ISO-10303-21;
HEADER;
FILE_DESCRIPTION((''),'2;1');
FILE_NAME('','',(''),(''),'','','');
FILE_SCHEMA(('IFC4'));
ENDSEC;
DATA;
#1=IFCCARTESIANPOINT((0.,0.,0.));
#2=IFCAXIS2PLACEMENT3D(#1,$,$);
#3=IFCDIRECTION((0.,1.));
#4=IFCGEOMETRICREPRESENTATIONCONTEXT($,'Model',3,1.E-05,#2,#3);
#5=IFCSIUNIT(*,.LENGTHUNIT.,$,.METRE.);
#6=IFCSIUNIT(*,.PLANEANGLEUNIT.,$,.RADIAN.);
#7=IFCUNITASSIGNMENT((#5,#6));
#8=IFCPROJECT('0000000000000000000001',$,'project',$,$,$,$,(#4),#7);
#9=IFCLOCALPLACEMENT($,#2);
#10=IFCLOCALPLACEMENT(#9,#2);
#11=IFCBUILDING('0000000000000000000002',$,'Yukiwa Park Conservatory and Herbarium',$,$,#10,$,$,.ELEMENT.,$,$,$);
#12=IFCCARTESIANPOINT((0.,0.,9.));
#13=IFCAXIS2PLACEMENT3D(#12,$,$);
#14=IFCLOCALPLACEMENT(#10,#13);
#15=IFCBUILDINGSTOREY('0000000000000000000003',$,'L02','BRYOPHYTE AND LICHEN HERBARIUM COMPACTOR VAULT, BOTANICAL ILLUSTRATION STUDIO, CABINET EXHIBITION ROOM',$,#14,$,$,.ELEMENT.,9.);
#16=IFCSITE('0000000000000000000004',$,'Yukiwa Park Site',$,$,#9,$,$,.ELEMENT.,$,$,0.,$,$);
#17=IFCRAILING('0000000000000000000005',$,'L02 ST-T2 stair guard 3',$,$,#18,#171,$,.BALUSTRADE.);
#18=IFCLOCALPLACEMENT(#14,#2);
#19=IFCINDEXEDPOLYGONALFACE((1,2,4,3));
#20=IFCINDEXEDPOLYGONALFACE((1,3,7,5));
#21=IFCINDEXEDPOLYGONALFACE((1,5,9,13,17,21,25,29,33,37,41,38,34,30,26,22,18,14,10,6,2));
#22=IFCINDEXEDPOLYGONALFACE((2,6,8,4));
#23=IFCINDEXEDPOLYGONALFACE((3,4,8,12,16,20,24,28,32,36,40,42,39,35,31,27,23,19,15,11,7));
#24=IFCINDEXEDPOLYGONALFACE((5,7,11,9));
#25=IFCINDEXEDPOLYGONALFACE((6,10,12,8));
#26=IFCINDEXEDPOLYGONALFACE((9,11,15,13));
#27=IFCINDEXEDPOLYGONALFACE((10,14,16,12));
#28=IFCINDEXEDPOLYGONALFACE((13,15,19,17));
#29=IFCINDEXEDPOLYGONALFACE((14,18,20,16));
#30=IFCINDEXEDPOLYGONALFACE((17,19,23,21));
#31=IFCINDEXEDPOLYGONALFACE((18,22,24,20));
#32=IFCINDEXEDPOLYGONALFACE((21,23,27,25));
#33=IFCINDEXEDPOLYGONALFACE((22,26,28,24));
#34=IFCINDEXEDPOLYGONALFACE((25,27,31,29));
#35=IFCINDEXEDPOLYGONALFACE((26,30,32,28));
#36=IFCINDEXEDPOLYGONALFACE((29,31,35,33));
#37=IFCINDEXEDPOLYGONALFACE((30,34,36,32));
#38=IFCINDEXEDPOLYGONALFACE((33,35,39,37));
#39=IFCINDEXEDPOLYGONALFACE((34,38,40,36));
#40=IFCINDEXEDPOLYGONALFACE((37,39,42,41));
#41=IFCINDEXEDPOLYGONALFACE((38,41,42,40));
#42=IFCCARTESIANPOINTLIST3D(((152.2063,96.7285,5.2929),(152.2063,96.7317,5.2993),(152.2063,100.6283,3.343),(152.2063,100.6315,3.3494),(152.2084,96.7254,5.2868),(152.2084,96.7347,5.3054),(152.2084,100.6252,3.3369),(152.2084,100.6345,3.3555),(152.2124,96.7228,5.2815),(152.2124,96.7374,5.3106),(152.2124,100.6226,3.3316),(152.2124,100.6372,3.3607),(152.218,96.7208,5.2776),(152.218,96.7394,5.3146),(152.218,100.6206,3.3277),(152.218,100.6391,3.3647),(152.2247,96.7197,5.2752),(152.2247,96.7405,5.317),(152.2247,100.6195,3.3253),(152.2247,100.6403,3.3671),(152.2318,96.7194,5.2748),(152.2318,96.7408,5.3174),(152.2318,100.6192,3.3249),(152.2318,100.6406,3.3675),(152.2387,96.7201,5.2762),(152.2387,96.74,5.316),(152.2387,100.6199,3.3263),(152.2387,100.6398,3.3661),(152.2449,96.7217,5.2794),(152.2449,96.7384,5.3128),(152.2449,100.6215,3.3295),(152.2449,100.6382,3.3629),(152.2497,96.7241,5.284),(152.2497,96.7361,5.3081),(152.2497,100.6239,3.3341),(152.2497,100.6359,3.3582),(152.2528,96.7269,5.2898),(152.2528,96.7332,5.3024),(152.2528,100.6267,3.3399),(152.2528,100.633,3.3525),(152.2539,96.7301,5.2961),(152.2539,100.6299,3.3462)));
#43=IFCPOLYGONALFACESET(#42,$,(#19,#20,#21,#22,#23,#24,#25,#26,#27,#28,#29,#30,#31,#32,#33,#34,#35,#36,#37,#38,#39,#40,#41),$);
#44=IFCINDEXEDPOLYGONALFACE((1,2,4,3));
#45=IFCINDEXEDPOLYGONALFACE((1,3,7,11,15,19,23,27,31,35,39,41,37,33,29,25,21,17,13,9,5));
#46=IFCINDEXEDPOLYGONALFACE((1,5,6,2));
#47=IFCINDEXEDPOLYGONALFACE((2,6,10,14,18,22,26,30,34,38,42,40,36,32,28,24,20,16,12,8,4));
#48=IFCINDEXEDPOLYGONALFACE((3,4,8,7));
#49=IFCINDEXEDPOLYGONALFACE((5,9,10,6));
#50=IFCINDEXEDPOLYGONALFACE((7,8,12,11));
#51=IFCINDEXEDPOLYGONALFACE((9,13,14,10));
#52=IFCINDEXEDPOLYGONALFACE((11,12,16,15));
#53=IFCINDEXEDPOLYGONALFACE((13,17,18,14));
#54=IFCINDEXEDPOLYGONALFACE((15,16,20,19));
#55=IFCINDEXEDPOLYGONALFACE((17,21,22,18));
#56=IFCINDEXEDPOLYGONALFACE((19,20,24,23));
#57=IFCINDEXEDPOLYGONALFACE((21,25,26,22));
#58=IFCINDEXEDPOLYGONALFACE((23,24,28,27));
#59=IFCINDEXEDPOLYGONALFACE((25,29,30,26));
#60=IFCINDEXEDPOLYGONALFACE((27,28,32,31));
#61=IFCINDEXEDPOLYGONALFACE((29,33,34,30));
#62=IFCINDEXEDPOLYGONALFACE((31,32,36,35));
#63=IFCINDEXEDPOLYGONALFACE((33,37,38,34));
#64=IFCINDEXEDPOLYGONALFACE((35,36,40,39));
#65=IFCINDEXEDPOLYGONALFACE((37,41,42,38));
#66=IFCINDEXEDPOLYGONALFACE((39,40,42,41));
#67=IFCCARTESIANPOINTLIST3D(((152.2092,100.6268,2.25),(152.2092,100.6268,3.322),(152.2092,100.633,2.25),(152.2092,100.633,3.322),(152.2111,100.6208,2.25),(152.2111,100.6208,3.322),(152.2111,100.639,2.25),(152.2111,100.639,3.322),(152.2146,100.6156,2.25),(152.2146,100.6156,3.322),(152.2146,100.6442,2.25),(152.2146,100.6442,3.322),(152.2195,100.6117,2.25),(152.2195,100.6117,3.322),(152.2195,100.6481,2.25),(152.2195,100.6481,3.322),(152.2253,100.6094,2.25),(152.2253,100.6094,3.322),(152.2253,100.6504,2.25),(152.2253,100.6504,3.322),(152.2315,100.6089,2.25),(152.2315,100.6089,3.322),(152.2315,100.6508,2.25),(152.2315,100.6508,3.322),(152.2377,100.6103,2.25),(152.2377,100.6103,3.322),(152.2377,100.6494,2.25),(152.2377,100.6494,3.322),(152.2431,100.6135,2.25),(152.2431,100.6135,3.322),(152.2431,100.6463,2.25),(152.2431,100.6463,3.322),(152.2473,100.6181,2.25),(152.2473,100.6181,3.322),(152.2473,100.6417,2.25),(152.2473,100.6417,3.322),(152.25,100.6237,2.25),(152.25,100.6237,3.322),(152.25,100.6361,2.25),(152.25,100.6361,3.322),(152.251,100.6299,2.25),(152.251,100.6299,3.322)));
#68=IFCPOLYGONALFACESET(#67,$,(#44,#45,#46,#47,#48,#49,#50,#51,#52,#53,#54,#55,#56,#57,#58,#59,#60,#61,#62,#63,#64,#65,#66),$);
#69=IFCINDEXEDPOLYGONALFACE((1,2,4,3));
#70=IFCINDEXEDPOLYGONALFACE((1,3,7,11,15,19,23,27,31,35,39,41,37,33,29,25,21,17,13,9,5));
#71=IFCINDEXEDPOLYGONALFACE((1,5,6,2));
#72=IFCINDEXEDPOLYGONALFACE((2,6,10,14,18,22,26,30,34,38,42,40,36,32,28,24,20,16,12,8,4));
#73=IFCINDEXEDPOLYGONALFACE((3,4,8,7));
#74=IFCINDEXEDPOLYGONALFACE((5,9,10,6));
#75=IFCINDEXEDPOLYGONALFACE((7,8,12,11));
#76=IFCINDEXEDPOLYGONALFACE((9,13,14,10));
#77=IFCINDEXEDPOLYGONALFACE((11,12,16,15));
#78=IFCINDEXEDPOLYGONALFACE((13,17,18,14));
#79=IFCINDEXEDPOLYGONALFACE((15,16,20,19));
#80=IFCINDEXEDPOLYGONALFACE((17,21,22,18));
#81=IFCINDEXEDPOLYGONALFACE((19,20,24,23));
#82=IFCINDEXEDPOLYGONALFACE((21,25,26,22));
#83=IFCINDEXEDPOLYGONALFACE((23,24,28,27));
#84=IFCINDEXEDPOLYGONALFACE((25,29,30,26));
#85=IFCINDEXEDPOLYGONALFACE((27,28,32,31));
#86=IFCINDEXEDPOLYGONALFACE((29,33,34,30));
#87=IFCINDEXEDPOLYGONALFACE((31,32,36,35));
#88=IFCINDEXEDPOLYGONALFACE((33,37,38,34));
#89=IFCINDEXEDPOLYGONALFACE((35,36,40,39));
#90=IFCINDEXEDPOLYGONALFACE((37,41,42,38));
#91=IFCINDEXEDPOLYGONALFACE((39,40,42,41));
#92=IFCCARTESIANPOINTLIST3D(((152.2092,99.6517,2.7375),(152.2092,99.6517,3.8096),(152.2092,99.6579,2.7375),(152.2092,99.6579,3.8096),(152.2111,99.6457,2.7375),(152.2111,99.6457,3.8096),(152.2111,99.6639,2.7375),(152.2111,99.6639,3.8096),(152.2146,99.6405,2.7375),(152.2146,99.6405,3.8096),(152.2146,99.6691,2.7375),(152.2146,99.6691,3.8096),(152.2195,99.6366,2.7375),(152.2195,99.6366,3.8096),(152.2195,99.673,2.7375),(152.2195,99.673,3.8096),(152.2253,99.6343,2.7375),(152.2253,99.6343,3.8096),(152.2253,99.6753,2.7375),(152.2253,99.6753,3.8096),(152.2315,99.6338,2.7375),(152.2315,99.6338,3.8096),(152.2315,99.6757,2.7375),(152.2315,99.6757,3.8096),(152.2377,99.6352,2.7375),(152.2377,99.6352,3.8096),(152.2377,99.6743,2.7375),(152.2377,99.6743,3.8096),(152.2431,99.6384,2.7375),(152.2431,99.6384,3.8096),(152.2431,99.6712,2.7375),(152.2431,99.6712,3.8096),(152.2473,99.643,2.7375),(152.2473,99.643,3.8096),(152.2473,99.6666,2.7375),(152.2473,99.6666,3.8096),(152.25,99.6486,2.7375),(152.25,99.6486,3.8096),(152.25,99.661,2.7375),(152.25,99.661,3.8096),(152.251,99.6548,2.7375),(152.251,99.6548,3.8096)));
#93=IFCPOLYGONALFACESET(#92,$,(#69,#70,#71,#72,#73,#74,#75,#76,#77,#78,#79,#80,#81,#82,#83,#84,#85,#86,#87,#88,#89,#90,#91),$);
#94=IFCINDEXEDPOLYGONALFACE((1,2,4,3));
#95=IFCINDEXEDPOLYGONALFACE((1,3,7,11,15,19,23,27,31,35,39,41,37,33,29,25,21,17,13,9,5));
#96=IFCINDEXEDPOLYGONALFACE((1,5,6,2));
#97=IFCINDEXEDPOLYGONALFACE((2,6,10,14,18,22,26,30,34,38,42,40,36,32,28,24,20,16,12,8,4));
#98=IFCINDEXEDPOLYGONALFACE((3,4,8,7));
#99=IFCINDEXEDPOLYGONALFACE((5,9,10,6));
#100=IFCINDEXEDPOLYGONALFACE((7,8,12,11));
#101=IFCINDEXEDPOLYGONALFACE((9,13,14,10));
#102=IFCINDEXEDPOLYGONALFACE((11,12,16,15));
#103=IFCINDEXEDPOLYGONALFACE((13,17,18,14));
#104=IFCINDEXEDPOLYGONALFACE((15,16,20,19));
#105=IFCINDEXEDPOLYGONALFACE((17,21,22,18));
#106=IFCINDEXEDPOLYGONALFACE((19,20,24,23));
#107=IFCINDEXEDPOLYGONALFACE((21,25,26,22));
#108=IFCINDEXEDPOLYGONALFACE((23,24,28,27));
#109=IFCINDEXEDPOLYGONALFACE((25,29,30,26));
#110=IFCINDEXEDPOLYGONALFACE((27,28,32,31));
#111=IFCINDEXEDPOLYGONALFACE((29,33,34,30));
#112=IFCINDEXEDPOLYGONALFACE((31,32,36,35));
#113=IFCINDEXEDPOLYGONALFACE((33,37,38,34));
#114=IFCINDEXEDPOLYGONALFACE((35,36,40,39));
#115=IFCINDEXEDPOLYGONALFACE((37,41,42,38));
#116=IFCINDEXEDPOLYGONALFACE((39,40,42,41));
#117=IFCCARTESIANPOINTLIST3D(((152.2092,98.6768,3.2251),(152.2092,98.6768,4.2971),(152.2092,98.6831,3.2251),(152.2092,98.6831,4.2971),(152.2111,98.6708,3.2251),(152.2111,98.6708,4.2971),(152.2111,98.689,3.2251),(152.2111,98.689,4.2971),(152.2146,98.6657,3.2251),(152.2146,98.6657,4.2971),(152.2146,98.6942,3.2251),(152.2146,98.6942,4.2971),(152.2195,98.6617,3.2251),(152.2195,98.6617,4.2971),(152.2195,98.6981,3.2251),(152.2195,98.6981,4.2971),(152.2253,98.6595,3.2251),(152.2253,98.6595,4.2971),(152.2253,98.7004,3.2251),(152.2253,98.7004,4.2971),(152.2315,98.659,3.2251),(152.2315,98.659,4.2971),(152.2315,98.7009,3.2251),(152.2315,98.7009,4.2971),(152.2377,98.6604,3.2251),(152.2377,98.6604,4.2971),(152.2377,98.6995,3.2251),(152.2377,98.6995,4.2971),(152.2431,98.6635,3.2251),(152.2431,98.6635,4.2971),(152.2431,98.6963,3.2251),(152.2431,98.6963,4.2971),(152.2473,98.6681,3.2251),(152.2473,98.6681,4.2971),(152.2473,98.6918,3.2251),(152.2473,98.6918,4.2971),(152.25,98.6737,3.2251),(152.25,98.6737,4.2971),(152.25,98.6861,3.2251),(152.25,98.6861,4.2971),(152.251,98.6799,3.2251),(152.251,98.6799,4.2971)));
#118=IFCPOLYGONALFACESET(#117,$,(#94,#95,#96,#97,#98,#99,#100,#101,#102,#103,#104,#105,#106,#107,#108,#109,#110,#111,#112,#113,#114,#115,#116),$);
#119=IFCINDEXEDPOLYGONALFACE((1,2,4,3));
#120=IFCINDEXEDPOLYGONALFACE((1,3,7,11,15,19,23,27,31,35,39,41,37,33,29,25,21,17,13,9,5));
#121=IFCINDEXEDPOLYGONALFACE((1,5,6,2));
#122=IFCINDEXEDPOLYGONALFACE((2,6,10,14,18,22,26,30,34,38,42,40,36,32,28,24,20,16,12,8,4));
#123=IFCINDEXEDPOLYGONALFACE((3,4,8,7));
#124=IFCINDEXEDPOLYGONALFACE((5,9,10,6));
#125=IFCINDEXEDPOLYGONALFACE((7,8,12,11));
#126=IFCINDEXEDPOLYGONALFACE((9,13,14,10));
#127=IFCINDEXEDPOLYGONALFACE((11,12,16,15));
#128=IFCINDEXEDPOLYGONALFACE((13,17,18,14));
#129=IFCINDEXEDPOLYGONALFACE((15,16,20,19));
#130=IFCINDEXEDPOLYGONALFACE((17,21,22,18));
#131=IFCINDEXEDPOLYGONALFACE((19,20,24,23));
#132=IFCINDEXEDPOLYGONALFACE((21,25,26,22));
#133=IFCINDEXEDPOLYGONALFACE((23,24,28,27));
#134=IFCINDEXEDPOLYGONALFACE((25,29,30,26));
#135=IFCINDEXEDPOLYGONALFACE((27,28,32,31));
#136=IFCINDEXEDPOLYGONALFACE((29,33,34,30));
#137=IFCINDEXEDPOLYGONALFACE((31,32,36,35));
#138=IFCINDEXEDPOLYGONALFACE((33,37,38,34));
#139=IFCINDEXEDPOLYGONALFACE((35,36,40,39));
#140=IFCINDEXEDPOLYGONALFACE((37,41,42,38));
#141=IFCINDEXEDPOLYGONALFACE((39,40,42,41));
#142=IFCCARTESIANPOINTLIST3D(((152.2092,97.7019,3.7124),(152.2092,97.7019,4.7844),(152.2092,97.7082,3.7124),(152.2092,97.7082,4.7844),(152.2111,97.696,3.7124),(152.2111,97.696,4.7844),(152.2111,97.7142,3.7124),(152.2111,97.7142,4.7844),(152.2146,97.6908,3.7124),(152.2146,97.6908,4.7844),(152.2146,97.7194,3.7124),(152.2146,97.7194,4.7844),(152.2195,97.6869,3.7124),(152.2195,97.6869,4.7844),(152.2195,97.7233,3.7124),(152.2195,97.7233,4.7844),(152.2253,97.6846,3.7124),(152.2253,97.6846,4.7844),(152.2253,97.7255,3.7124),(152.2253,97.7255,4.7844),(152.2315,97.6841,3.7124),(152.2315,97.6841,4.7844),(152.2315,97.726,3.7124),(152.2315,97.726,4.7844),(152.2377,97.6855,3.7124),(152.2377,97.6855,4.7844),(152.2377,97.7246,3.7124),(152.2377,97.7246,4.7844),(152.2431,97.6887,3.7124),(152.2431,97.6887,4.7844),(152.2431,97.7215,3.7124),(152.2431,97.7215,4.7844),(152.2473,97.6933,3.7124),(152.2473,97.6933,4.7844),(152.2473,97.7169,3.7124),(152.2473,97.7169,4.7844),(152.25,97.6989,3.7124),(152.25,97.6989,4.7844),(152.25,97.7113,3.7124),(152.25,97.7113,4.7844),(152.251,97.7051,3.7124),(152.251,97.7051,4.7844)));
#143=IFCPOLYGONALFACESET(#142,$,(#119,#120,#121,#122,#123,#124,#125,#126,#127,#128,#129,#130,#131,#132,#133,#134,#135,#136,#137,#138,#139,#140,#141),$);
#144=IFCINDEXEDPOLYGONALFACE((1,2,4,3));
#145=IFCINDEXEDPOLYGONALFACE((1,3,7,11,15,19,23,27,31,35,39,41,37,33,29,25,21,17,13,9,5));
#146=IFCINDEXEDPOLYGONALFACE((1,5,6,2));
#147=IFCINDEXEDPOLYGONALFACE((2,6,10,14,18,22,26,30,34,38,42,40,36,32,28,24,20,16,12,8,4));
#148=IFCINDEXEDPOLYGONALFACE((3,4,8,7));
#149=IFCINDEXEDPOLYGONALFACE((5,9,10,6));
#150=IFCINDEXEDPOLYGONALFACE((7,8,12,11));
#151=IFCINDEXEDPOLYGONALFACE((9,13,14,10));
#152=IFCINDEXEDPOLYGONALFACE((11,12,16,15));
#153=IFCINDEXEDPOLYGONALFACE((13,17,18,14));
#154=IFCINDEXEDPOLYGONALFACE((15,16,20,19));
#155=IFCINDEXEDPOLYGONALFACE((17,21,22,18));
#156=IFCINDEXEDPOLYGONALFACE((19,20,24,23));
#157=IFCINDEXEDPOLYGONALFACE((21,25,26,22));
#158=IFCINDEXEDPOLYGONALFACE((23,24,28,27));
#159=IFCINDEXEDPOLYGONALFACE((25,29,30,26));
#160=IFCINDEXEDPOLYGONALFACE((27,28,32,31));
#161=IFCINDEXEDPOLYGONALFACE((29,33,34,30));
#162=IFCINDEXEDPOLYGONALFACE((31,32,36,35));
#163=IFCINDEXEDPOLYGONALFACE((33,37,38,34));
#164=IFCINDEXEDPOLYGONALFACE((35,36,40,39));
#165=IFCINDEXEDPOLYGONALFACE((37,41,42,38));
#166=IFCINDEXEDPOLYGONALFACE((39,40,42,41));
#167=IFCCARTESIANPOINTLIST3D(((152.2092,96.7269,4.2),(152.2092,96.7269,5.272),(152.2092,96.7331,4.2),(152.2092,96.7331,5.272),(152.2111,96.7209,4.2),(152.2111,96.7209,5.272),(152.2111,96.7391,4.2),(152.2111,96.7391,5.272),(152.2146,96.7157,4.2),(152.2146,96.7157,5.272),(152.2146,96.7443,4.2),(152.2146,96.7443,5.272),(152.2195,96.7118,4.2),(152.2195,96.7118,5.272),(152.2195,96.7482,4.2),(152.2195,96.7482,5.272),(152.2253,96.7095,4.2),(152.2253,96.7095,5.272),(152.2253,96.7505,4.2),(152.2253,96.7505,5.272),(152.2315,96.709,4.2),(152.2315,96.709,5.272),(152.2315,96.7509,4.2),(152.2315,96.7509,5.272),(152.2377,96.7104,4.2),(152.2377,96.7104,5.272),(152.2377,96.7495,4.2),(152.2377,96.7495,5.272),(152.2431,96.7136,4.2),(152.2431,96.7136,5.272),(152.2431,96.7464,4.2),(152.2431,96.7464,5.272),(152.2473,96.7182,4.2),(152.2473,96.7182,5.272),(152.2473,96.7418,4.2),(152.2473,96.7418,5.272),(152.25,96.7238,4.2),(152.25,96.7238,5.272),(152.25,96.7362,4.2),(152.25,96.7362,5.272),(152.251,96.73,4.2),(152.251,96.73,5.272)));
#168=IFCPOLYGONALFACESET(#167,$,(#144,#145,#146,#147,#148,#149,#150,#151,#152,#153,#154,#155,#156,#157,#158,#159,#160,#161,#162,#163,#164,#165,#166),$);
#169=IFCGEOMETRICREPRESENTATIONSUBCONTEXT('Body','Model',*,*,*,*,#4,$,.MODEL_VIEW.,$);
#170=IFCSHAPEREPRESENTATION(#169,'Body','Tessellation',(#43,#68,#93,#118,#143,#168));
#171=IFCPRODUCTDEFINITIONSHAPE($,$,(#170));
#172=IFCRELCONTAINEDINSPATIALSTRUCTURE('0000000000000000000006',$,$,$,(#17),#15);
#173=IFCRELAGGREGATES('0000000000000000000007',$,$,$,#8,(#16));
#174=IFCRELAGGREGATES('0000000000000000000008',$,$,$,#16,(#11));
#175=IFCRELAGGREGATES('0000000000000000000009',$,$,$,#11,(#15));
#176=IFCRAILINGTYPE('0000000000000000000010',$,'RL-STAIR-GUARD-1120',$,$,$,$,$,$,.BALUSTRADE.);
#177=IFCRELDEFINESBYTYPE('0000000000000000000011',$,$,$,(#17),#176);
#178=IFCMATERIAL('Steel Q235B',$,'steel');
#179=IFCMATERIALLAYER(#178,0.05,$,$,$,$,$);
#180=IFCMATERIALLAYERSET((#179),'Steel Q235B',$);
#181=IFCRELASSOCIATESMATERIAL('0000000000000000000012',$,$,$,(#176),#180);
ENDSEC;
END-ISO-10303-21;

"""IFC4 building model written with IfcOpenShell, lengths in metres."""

from ifc_helpers import new_model, si_unit, direction, frame, origin, origin_2d, place, context, subcontext, project, spatial, circle, extrude, material, layer, layer_set, type_object, element, save


model = new_model("IFC4")

# Units and contexts
model_context = context("Model", 3, precision=1e-05, world=origin(), true_north=direction((0.0, 1.0)))
body_context = subcontext(model_context, "Body", "Model", "MODEL_VIEW")
ifc_project = project(units=[si_unit("LENGTHUNIT", "METRE"), si_unit("PLANEANGLEUNIT", "RADIAN")], contexts=[model_context])

# Site, building, storey
site_placement = place(None, origin())
site = spatial("IfcSite", under=ifc_project, at=site_placement, Name="Yukiwa Park Site", CompositionType="ELEMENT", RefElevation=0.0)
building_placement = place(site_placement, origin())
building = spatial("IfcBuilding", under=site, at=building_placement, Name="Yukiwa Park Conservatory and Herbarium", CompositionType="ELEMENT")
storey_placement = place(building_placement, frame((0.0, 0.0, 9.0)))
storey = spatial("IfcBuildingStorey", under=building, at=storey_placement, Name="L02", Description="BRYOPHYTE AND LICHEN HERBARIUM COMPACTOR VAULT, BOTANICAL ILLUSTRATION STUDIO, CABINET EXHIBITION ROOM", CompositionType="ELEMENT", Elevation=9.0)

# Railing
ifc_material_1 = material(Name="Steel Q235B", Category="steel")
ifc_layer_1 = layer(ifc_material_1, 0.05)
ifc_layer_set_1 = layer_set([ifc_layer_1], Name="Steel Q235B")
railing_type_1 = type_object("IfcRailingType", Name="RL-STAIR-GUARD-1120", PredefinedType="BALUSTRADE", material=ifc_layer_set_1)
railing_1_placement = place(storey_placement, frame((152.23, 100.6299, 2.25)))
element("IfcRailing", 1, at=railing_1_placement, inside=storey, type_object=railing_type_1, Name="L02 ST-T2 stair guard 3", PredefinedType="BALUSTRADE", context=body_context, shape_type="SweptSolid", body=[
    extrude(circle(Radius=0.0239, at=origin_2d()), frame((0.0, 0.0, 1.0962), z_axis=(0.0, -0.894427, 0.447214), x_axis=(1.0, 0.0, 0.0)), (0.0, 0.0, 1.0), 4.3601),
    extrude(circle(Radius=0.021, at=origin_2d()), origin(), (0.0, 0.0, 1.0), 1.072),
    extrude(circle(Radius=0.021, at=origin_2d()), frame((0.0, -0.9751, 0.4875)), (0.0, 0.0, 1.0), 1.072),
    extrude(circle(Radius=0.021, at=origin_2d()), frame((0.0, -1.95, 0.9751)), (0.0, 0.0, 1.0), 1.072),
    extrude(circle(Radius=0.021, at=origin_2d()), frame((0.0, -2.9248, 1.4624)), (0.0, 0.0, 1.0), 1.072),
    extrude(circle(Radius=0.021, at=origin_2d()), frame((0.0, -3.8999, 1.95)), (0.0, 0.0, 1.0), 1.072),
])

save(model, "model.ifc")
